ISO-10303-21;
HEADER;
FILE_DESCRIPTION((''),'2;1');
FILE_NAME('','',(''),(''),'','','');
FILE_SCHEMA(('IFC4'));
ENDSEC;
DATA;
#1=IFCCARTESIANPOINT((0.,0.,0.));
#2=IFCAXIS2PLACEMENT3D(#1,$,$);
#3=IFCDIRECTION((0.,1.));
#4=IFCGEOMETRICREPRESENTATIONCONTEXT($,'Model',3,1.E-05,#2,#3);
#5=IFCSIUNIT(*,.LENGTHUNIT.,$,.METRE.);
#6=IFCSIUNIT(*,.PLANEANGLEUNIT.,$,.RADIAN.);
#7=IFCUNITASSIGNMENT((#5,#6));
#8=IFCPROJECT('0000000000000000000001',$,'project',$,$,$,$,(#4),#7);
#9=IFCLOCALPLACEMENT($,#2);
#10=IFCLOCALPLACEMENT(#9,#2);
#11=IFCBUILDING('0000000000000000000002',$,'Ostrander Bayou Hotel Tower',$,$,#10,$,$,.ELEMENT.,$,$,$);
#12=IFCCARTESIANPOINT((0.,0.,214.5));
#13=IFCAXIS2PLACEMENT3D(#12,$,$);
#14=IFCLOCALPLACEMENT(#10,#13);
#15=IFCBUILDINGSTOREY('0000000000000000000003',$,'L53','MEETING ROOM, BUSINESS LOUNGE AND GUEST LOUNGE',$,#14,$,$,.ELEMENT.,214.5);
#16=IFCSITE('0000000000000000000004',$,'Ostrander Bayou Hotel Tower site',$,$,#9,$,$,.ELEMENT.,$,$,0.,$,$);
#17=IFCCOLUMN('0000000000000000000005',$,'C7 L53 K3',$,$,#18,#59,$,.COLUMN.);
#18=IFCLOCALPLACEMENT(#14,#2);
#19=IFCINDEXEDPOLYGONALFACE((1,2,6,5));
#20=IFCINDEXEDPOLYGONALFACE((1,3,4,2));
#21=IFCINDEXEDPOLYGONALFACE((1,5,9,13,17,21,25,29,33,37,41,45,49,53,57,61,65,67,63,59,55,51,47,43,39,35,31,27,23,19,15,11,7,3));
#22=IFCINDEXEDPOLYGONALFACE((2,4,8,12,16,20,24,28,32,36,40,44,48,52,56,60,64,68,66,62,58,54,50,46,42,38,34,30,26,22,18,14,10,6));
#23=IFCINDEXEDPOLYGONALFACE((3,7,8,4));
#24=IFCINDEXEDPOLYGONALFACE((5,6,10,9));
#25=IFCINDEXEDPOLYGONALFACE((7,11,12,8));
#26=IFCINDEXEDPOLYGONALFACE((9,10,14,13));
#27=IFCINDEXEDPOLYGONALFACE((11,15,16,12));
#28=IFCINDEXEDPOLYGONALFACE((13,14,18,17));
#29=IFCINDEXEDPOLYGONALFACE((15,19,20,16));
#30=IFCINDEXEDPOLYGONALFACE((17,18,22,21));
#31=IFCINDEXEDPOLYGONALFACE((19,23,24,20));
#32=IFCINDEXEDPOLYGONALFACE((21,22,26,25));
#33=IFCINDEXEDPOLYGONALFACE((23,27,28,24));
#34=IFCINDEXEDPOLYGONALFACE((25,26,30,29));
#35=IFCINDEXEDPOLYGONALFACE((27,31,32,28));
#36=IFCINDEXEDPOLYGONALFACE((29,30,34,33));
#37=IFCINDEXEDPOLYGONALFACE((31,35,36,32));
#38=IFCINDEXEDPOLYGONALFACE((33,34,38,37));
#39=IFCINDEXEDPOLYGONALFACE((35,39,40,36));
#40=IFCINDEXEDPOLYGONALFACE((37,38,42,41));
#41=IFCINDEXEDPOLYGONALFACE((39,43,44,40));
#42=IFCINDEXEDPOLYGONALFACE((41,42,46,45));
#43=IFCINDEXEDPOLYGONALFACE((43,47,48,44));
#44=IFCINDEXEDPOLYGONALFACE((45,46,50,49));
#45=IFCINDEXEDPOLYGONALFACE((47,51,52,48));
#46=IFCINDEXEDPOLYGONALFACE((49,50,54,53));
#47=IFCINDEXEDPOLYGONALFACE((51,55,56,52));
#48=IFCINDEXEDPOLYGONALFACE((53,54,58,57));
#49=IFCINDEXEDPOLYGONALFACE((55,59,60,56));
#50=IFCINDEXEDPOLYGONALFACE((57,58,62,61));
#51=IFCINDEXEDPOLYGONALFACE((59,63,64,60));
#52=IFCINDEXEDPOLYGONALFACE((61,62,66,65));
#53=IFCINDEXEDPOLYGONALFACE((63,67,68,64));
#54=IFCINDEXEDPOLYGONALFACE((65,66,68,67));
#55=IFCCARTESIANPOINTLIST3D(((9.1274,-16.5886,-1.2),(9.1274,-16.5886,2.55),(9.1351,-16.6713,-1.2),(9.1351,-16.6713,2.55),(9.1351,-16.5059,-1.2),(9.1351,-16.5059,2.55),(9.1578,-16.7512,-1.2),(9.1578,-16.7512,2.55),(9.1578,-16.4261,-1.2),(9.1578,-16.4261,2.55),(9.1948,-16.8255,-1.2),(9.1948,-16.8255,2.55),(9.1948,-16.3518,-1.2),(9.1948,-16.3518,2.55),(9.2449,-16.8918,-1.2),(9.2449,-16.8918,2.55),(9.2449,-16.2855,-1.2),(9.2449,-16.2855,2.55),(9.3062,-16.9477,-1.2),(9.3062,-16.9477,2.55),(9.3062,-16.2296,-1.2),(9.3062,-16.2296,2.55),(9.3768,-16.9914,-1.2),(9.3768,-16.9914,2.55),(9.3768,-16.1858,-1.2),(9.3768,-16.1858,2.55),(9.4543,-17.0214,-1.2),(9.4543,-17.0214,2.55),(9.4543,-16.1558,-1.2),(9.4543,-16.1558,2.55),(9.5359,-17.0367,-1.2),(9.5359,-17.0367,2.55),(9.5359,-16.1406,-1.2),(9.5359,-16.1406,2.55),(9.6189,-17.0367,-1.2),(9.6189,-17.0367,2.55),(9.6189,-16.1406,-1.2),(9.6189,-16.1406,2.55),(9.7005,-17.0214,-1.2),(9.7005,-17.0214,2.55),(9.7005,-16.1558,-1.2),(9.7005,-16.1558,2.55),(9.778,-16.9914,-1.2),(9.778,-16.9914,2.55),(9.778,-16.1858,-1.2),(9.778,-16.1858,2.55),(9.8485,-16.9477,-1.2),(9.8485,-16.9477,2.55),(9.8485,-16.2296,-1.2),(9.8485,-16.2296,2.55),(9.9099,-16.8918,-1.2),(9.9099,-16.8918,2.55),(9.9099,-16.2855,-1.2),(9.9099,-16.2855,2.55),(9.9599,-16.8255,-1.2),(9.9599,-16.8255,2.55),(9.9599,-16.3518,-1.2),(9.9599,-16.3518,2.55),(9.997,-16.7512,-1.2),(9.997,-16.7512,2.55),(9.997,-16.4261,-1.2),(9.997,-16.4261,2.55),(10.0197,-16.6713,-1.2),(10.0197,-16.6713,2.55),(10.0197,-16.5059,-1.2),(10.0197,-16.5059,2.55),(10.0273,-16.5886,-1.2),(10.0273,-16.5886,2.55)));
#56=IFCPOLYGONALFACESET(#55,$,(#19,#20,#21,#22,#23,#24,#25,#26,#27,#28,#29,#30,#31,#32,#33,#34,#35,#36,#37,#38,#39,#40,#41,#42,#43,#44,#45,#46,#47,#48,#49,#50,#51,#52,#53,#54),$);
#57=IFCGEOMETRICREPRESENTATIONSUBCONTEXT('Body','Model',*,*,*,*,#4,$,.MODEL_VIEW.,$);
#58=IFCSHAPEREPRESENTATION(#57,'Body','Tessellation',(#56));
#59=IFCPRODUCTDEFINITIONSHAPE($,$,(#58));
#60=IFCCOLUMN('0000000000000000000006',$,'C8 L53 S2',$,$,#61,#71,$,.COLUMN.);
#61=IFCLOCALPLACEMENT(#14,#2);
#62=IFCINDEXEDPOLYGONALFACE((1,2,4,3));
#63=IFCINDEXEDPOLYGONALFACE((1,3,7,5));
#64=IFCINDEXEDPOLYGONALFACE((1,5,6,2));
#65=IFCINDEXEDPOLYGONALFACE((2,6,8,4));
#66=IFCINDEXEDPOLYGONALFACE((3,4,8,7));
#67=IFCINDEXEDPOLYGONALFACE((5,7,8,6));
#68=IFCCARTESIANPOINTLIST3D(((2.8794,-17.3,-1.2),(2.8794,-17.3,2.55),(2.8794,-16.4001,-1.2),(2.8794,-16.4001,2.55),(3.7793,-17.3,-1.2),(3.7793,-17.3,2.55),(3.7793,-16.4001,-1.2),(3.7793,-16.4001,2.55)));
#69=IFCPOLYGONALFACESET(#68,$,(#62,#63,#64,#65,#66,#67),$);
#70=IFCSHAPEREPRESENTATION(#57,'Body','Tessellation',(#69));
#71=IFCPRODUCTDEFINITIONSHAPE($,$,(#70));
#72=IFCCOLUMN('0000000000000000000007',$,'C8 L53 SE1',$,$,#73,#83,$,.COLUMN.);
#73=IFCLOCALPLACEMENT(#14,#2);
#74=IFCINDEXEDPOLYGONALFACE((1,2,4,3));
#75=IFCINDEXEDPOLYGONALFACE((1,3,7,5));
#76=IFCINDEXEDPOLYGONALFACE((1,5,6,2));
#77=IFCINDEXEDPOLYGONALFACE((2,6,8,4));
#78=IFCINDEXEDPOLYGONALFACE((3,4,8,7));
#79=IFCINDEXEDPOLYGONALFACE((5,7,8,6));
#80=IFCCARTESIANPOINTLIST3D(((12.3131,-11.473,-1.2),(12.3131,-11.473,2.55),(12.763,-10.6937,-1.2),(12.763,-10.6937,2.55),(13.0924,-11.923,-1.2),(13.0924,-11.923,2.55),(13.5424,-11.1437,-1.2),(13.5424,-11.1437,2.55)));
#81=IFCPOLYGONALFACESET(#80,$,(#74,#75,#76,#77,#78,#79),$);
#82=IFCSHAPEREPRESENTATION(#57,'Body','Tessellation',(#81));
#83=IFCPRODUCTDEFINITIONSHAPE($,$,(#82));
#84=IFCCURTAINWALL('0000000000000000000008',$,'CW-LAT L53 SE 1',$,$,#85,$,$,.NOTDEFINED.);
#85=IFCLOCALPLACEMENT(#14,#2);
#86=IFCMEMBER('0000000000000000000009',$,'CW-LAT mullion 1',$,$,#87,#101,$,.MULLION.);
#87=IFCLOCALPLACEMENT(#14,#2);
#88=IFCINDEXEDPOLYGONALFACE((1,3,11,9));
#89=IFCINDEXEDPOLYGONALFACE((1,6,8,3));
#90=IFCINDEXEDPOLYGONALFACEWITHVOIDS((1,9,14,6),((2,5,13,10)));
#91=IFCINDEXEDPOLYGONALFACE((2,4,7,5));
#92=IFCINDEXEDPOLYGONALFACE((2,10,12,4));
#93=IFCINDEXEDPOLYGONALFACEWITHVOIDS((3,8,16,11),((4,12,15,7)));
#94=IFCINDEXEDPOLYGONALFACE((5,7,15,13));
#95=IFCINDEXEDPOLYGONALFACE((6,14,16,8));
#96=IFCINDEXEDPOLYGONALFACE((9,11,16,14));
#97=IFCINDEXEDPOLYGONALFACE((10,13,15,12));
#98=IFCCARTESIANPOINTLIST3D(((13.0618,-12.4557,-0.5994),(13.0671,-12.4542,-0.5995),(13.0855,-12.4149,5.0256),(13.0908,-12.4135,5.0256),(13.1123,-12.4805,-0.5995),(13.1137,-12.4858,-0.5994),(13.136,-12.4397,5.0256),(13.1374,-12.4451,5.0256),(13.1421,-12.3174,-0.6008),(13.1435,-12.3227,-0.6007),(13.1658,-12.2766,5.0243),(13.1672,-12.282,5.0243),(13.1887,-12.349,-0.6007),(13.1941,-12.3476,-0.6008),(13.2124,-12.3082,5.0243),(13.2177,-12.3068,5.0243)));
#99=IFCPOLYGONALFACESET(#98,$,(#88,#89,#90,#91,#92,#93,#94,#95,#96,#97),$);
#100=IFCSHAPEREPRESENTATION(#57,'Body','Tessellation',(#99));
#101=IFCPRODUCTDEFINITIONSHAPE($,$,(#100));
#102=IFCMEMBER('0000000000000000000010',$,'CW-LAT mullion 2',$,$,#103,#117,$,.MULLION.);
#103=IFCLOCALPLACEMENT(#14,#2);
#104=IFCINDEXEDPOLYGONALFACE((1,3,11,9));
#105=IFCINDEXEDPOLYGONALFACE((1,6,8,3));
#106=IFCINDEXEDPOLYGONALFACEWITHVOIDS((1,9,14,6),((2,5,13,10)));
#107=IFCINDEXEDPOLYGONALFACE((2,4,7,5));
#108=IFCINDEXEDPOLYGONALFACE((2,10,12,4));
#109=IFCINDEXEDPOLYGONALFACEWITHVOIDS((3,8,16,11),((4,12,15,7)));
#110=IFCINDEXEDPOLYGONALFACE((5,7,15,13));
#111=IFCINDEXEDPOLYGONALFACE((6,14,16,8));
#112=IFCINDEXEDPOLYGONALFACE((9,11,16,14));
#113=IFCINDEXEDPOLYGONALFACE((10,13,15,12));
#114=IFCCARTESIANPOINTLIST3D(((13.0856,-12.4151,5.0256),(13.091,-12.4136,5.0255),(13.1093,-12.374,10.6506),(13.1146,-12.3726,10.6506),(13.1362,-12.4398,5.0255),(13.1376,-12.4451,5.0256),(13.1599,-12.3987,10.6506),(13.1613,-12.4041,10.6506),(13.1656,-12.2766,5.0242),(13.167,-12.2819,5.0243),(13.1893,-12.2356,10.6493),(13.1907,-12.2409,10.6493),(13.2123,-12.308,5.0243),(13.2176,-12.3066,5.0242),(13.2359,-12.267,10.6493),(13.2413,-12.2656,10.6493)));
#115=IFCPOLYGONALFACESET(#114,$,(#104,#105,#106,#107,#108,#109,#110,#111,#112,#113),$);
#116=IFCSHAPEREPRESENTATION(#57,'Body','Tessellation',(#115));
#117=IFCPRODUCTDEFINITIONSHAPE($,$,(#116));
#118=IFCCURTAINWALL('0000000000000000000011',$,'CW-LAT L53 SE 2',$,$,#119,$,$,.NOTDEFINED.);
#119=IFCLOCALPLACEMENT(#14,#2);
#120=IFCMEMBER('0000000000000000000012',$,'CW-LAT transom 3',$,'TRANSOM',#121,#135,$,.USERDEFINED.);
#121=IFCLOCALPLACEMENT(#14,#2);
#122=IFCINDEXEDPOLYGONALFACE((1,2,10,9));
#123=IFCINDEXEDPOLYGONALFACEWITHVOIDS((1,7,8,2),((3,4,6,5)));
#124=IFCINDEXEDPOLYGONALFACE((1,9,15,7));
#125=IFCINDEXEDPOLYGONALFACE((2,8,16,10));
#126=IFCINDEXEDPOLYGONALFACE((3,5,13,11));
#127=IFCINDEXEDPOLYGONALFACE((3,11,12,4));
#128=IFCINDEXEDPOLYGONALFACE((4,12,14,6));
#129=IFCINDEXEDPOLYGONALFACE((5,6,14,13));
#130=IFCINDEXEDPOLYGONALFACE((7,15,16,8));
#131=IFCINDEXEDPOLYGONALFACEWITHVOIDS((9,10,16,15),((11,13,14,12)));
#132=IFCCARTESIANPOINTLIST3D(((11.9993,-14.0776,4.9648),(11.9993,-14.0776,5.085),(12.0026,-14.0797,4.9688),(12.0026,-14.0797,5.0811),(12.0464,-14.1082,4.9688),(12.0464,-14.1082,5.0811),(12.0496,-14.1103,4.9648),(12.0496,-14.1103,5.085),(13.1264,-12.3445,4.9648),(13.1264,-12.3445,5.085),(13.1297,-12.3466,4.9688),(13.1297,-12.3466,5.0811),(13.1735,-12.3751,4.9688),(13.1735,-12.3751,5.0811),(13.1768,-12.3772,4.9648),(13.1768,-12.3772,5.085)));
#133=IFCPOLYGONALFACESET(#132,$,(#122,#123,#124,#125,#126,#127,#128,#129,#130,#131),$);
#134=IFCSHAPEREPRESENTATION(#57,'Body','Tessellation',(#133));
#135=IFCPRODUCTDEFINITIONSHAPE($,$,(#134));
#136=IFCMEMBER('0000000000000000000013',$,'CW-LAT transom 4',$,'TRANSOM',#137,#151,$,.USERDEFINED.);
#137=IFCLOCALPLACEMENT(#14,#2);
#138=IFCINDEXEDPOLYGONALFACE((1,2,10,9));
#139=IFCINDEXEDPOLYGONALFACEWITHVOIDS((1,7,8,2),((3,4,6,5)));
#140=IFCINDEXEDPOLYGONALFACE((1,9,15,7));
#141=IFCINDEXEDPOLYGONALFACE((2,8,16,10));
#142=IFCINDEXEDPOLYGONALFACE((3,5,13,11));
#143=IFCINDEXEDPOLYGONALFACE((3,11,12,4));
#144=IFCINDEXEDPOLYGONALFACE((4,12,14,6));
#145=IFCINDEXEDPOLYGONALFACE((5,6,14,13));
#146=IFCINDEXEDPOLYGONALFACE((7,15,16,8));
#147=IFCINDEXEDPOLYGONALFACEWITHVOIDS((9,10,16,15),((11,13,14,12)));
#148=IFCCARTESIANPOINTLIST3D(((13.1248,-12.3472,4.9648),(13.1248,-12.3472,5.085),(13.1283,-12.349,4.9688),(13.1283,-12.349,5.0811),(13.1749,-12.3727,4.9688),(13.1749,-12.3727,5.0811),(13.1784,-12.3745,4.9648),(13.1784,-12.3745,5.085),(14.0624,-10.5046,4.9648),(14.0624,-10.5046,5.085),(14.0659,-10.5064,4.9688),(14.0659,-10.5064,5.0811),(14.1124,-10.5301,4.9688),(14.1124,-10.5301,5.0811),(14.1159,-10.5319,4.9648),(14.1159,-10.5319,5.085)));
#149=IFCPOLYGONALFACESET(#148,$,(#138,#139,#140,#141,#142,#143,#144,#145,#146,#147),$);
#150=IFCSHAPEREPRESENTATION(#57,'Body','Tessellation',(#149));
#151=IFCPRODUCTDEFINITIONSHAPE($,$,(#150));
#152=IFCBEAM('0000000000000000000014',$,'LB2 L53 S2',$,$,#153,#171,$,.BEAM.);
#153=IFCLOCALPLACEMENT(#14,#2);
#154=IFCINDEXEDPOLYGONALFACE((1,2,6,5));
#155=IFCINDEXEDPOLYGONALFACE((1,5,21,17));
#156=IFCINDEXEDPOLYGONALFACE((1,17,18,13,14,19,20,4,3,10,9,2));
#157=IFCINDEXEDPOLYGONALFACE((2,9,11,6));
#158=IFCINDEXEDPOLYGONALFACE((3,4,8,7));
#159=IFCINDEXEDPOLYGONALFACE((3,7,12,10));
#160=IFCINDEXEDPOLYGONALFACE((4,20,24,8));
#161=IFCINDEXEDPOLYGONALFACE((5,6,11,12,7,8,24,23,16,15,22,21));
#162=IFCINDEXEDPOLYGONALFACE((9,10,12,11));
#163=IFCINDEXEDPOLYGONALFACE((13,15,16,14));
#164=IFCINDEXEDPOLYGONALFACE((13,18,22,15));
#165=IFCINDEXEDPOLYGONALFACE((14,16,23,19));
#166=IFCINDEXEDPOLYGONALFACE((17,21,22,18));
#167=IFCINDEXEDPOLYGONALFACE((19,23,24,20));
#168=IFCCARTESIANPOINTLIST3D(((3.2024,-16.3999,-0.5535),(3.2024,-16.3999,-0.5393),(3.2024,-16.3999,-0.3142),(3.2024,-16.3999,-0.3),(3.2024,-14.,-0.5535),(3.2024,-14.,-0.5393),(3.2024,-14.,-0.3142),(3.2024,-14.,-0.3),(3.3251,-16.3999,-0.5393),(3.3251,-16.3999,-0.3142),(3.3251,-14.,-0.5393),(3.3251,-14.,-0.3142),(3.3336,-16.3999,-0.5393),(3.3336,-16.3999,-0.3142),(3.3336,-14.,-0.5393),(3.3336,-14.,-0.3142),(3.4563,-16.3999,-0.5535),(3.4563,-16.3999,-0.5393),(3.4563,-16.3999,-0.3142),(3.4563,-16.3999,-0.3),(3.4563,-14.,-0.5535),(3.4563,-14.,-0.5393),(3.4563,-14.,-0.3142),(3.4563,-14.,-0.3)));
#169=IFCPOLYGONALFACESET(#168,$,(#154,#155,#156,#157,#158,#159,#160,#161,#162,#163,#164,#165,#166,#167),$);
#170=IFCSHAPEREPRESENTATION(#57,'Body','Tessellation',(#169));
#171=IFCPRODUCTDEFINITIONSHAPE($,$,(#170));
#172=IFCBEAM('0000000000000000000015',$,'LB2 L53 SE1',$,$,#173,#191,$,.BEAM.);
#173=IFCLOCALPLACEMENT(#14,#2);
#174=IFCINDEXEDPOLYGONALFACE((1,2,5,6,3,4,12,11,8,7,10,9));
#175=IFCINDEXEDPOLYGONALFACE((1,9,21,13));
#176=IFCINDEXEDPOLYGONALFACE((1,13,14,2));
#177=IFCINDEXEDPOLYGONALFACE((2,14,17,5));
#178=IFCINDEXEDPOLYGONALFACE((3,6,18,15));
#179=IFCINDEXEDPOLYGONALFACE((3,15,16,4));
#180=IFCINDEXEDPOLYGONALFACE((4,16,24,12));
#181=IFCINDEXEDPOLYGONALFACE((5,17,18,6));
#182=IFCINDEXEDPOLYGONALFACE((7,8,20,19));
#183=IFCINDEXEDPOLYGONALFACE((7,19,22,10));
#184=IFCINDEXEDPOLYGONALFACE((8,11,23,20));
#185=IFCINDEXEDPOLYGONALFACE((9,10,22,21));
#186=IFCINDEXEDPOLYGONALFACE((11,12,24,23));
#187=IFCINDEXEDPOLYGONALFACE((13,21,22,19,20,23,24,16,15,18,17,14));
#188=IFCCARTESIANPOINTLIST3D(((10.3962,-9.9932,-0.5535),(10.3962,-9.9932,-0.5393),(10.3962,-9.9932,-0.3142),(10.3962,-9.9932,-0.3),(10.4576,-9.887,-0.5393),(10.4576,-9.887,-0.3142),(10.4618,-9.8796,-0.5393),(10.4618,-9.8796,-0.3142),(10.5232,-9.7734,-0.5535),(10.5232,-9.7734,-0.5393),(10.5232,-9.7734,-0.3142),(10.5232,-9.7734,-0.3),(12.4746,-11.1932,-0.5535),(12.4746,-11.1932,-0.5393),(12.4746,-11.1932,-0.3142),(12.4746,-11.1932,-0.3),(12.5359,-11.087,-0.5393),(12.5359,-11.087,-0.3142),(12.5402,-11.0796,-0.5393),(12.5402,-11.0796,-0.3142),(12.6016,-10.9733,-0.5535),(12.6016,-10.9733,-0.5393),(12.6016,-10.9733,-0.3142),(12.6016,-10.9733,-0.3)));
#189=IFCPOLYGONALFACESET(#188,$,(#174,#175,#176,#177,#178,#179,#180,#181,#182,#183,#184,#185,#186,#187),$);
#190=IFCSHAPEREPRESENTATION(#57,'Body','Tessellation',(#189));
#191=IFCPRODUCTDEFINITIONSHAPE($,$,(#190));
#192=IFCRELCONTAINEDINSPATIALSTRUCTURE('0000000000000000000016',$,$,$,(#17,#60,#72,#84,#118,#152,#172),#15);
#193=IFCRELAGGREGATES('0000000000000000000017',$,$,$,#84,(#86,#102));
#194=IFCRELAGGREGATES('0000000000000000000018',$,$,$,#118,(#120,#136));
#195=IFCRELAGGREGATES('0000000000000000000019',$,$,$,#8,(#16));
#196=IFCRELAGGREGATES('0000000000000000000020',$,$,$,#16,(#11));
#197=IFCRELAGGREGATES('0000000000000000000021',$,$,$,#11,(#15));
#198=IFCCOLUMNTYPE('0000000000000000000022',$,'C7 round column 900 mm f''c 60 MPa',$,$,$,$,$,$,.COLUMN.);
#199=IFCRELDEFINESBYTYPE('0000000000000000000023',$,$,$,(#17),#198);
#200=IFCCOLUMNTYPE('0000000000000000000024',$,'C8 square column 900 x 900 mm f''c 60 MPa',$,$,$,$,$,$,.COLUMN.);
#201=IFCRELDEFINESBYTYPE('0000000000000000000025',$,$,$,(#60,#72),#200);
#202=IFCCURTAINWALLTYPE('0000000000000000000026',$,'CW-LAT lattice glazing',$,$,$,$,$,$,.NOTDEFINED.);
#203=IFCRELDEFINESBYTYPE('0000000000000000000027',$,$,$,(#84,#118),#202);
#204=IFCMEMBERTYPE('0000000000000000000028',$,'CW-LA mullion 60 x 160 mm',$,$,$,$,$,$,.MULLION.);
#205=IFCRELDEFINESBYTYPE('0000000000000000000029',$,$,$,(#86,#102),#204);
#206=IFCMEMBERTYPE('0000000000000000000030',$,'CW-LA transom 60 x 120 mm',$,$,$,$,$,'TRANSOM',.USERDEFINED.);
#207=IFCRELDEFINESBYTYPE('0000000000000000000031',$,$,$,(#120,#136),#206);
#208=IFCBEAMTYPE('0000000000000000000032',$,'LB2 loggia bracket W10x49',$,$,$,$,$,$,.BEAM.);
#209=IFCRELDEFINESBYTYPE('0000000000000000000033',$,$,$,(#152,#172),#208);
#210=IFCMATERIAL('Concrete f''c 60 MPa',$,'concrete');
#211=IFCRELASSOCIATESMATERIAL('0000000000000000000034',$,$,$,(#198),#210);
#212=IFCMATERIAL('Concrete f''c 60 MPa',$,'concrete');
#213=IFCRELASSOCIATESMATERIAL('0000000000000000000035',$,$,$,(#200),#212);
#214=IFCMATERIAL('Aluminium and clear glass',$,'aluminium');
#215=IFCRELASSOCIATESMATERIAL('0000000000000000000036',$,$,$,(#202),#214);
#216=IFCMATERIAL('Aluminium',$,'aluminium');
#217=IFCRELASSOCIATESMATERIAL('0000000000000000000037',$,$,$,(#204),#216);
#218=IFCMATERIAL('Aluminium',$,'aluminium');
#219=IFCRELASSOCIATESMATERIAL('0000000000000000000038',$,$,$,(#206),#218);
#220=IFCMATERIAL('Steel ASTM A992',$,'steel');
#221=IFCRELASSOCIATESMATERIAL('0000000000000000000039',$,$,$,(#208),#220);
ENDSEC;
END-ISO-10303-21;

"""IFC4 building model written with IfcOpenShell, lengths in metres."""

from ifc_helpers import new_model, si_unit, direction, frame, origin, origin_2d, place, context, subcontext, project, spatial, rectangle, hollow_rectangle, circle, i_section, extrude, material, material_profile, profile_set, type_object, element, aggregate, save


model = new_model("IFC4")

# Units and contexts
model_context = context("Model", 3, precision=1e-05, world=origin(), true_north=direction((0.0, 1.0)))
body_context = subcontext(model_context, "Body", "Model", "MODEL_VIEW")
ifc_project = project(units=[si_unit("LENGTHUNIT", "METRE"), si_unit("PLANEANGLEUNIT", "RADIAN")], contexts=[model_context])

# Site, building, storey
site_placement = place(None, origin())
site = spatial("IfcSite", under=ifc_project, at=site_placement, Name="Ostrander Bayou Hotel Tower site", CompositionType="ELEMENT", RefElevation=0.0)
building_placement = place(site_placement, origin())
building = spatial("IfcBuilding", under=site, at=building_placement, Name="Ostrander Bayou Hotel Tower", CompositionType="ELEMENT")
storey_placement = place(building_placement, frame((0.0, 0.0, 214.5)))
storey = spatial("IfcBuildingStorey", under=building, at=storey_placement, Name="L53", Description="MEETING ROOM, BUSINESS LOUNGE AND GUEST LOUNGE", CompositionType="ELEMENT", Elevation=214.5)

# Columns
ifc_material_1 = material(Name="Concrete f'c 60 MPa", Category="concrete")
ifc_material_profile_1 = material_profile(ifc_material_1, circle(Radius=0.45, at=origin_2d()))
ifc_profile_set_1 = profile_set([ifc_material_profile_1], Name="Concrete f'c 60 MPa")
column_type_1 = type_object("IfcColumnType", Name="C7 round column 900 mm f'c 60 MPa", PredefinedType="COLUMN", material=ifc_profile_set_1)
column_placement = place(storey_placement, frame((9.5774, -16.5886, -1.2), z_axis=(0.0, 0.0, 1.0), x_axis=(1.0, 0.0, 0.0)))
element("IfcColumn", 1, at=column_placement, inside=storey, type_object=column_type_1, Name="C7 L53 K3", PredefinedType="COLUMN", context=body_context, shape_type="SweptSolid", body=[
    extrude(circle(Radius=0.45, at=origin_2d()), origin(), (0.0, 0.0, 1.0), 3.75),
])
ifc_material_2 = material(Name="Concrete f'c 60 MPa", Category="concrete")
ifc_material_profile_2 = material_profile(ifc_material_2, rectangle(XDim=0.8999, YDim=0.8999, at=origin_2d()))
ifc_profile_set_2 = profile_set([ifc_material_profile_2], Name="Concrete f'c 60 MPa")
column_type_2 = type_object("IfcColumnType", Name="C8 square column 900 x 900 mm f'c 60 MPa", PredefinedType="COLUMN", material=ifc_profile_set_2)
for number, where, z_axis, x_axis, name in (
    (2, (3.3293, -16.8501, -1.2), (0.0, 0.0, 1.0), (-1.0, 0.0, 0.0), "C8 L53 S2"),
    (3, (12.9277, -11.3083, -1.2), (0.0, 0.0, 1.0), (-0.5, -0.866025, 0.0), "C8 L53 SE1"),
):
    element("IfcColumn", number, at=place(storey_placement, frame(where, z_axis=z_axis, x_axis=x_axis)), inside=storey, type_object=column_type_2, Name=name, PredefinedType="COLUMN", context=body_context, shape_type="SweptSolid", body=[
        extrude(rectangle(XDim=0.8999, YDim=0.8999, at=origin_2d()), origin(), (0.0, 0.0, 1.0), 3.75),
    ])

# Curtain walls, members
ifc_material_3 = material(Name="Aluminium and clear glass", Category="aluminium")
curtain_wall_type = type_object("IfcCurtainWallType", Name="CW-LAT lattice glazing", PredefinedType="NOTDEFINED", material=ifc_material_3)
curtain_wall_1_placement = place(storey_placement, origin())
curtain_wall_1 = element("IfcCurtainWall", 4, at=curtain_wall_1_placement, inside=storey, type_object=curtain_wall_type, Name="CW-LAT L53 SE 1", PredefinedType="NOTDEFINED")
ifc_material_4 = material(Name="Aluminium", Category="aluminium")
ifc_material_profile_3 = material_profile(ifc_material_4, hollow_rectangle(XDim=0.0601, YDim=0.1599, WallThickness=0.0039, at=origin_2d()))
ifc_profile_set_3 = profile_set([ifc_material_profile_3], Name="Aluminium")
member_type_1 = type_object("IfcMemberType", Name="CW-LA mullion 60 x 160 mm", PredefinedType="MULLION", material=ifc_profile_set_3)
member_1_placement = place(storey_placement, frame((13.1279, -12.4016, -0.6001), z_axis=(0.00421, 0.007248, 0.999965), x_axis=(-0.864716, 0.50226, 0.0)))
member_1 = element("IfcMember", 5, at=member_1_placement, type_object=member_type_1, Name="CW-LAT mullion 1", PredefinedType="MULLION", context=body_context, shape_type="SweptSolid", body=[
    extrude(hollow_rectangle(XDim=0.0601, YDim=0.1599, WallThickness=0.0039, at=origin_2d()), origin(), (0.0, 0.0, 1.0), 5.6252),
])
member_2_placement = place(storey_placement, frame((13.1516, -12.3608, 5.0249), z_axis=(0.00421, 0.007291, 0.999965), x_axis=(-0.866014, 0.50002, 0.0)))
member_2 = element("IfcMember", 6, at=member_2_placement, type_object=member_type_1, Name="CW-LAT mullion 2", PredefinedType="MULLION", context=body_context, shape_type="SweptSolid", body=[
    extrude(hollow_rectangle(XDim=0.0601, YDim=0.1599, WallThickness=0.0039, at=origin_2d()), origin(), (0.0, 0.0, 1.0), 5.6252),
])
curtain_wall_2_placement = place(storey_placement, origin())
curtain_wall_2 = element("IfcCurtainWall", 7, at=curtain_wall_2_placement, inside=storey, type_object=curtain_wall_type, Name="CW-LAT L53 SE 2", PredefinedType="NOTDEFINED")
ifc_material_5 = material(Name="Aluminium", Category="aluminium")
ifc_material_profile_4 = material_profile(ifc_material_5, hollow_rectangle(XDim=0.0601, YDim=0.1201, WallThickness=0.0039, at=origin_2d()))
ifc_profile_set_4 = profile_set([ifc_material_profile_4], Name="Aluminium")
member_type_2 = type_object("IfcMemberType", Name="CW-LA transom 60 x 120 mm", ElementType="TRANSOM", PredefinedType="USERDEFINED", material=ifc_profile_set_4)
member_3_placement = place(storey_placement, frame((13.1516, -12.3608, 5.0249), z_axis=(-0.545208, -0.838301, 0.0), x_axis=(0.838301, -0.545208, 0.0)))
member_3 = element("IfcMember", 8, at=member_3_placement, type_object=member_type_2, Name="CW-LAT transom 3", ObjectType="TRANSOM", PredefinedType="USERDEFINED", context=body_context, shape_type="SweptSolid", body=[
    extrude(hollow_rectangle(XDim=0.0601, YDim=0.1201, WallThickness=0.0039, at=origin_2d()), origin(), (0.0, 0.0, 1.0), 2.0674),
])
member_4_placement = place(storey_placement, frame((13.1516, -12.3608, 5.0249), z_axis=(0.453485, 0.891264, 0.0), x_axis=(-0.891264, 0.453485, 0.0)))
member_4 = element("IfcMember", 9, at=member_4_placement, type_object=member_type_2, Name="CW-LAT transom 4", ObjectType="TRANSOM", PredefinedType="USERDEFINED", context=body_context, shape_type="SweptSolid", body=[
    extrude(hollow_rectangle(XDim=0.0601, YDim=0.1201, WallThickness=0.0039, at=origin_2d()), origin(), (0.0, 0.0, 1.0), 2.0674),
])

# Beams
ifc_material_6 = material(Name="Steel ASTM A992", Category="steel")
ifc_material_profile_5 = material_profile(ifc_material_6, i_section(OverallWidth=0.2539, OverallDepth=0.2534, WebThickness=0.0085, FlangeThickness=0.0142, at=origin_2d()))
ifc_profile_set_5 = profile_set([ifc_material_profile_5], Name="Steel ASTM A992")
beam_type_1 = type_object("IfcBeamType", Name="LB2 loggia bracket W10x49", PredefinedType="BEAM", material=ifc_profile_set_5)
for number, where, z_axis, x_axis, name in (
    (10, (3.3293, -16.3999, -0.4268), (0.0, 1.0, 0.0), (-1.0, 0.0, 0.0), "LB2 L53 S2"),
    (11, (12.5381, -11.0833, -0.4268), (-0.866025, 0.500001, 0.0), (-0.500001, -0.866025, 0.0), "LB2 L53 SE1"),
):
    element("IfcBeam", number, at=place(storey_placement, frame(where, z_axis=z_axis, x_axis=x_axis)), inside=storey, type_object=beam_type_1, Name=name, PredefinedType="BEAM", context=body_context, shape_type="SweptSolid", body=[
        extrude(i_section(OverallWidth=0.2539, OverallDepth=0.2534, WebThickness=0.0085, FlangeThickness=0.0142, at=origin_2d()), origin(), (0.0, 0.0, 1.0), 2.3999),
    ])

aggregate(curtain_wall_1, [member_1, member_2])
aggregate(curtain_wall_2, [member_3, member_4])

save(model, "model.ifc")
